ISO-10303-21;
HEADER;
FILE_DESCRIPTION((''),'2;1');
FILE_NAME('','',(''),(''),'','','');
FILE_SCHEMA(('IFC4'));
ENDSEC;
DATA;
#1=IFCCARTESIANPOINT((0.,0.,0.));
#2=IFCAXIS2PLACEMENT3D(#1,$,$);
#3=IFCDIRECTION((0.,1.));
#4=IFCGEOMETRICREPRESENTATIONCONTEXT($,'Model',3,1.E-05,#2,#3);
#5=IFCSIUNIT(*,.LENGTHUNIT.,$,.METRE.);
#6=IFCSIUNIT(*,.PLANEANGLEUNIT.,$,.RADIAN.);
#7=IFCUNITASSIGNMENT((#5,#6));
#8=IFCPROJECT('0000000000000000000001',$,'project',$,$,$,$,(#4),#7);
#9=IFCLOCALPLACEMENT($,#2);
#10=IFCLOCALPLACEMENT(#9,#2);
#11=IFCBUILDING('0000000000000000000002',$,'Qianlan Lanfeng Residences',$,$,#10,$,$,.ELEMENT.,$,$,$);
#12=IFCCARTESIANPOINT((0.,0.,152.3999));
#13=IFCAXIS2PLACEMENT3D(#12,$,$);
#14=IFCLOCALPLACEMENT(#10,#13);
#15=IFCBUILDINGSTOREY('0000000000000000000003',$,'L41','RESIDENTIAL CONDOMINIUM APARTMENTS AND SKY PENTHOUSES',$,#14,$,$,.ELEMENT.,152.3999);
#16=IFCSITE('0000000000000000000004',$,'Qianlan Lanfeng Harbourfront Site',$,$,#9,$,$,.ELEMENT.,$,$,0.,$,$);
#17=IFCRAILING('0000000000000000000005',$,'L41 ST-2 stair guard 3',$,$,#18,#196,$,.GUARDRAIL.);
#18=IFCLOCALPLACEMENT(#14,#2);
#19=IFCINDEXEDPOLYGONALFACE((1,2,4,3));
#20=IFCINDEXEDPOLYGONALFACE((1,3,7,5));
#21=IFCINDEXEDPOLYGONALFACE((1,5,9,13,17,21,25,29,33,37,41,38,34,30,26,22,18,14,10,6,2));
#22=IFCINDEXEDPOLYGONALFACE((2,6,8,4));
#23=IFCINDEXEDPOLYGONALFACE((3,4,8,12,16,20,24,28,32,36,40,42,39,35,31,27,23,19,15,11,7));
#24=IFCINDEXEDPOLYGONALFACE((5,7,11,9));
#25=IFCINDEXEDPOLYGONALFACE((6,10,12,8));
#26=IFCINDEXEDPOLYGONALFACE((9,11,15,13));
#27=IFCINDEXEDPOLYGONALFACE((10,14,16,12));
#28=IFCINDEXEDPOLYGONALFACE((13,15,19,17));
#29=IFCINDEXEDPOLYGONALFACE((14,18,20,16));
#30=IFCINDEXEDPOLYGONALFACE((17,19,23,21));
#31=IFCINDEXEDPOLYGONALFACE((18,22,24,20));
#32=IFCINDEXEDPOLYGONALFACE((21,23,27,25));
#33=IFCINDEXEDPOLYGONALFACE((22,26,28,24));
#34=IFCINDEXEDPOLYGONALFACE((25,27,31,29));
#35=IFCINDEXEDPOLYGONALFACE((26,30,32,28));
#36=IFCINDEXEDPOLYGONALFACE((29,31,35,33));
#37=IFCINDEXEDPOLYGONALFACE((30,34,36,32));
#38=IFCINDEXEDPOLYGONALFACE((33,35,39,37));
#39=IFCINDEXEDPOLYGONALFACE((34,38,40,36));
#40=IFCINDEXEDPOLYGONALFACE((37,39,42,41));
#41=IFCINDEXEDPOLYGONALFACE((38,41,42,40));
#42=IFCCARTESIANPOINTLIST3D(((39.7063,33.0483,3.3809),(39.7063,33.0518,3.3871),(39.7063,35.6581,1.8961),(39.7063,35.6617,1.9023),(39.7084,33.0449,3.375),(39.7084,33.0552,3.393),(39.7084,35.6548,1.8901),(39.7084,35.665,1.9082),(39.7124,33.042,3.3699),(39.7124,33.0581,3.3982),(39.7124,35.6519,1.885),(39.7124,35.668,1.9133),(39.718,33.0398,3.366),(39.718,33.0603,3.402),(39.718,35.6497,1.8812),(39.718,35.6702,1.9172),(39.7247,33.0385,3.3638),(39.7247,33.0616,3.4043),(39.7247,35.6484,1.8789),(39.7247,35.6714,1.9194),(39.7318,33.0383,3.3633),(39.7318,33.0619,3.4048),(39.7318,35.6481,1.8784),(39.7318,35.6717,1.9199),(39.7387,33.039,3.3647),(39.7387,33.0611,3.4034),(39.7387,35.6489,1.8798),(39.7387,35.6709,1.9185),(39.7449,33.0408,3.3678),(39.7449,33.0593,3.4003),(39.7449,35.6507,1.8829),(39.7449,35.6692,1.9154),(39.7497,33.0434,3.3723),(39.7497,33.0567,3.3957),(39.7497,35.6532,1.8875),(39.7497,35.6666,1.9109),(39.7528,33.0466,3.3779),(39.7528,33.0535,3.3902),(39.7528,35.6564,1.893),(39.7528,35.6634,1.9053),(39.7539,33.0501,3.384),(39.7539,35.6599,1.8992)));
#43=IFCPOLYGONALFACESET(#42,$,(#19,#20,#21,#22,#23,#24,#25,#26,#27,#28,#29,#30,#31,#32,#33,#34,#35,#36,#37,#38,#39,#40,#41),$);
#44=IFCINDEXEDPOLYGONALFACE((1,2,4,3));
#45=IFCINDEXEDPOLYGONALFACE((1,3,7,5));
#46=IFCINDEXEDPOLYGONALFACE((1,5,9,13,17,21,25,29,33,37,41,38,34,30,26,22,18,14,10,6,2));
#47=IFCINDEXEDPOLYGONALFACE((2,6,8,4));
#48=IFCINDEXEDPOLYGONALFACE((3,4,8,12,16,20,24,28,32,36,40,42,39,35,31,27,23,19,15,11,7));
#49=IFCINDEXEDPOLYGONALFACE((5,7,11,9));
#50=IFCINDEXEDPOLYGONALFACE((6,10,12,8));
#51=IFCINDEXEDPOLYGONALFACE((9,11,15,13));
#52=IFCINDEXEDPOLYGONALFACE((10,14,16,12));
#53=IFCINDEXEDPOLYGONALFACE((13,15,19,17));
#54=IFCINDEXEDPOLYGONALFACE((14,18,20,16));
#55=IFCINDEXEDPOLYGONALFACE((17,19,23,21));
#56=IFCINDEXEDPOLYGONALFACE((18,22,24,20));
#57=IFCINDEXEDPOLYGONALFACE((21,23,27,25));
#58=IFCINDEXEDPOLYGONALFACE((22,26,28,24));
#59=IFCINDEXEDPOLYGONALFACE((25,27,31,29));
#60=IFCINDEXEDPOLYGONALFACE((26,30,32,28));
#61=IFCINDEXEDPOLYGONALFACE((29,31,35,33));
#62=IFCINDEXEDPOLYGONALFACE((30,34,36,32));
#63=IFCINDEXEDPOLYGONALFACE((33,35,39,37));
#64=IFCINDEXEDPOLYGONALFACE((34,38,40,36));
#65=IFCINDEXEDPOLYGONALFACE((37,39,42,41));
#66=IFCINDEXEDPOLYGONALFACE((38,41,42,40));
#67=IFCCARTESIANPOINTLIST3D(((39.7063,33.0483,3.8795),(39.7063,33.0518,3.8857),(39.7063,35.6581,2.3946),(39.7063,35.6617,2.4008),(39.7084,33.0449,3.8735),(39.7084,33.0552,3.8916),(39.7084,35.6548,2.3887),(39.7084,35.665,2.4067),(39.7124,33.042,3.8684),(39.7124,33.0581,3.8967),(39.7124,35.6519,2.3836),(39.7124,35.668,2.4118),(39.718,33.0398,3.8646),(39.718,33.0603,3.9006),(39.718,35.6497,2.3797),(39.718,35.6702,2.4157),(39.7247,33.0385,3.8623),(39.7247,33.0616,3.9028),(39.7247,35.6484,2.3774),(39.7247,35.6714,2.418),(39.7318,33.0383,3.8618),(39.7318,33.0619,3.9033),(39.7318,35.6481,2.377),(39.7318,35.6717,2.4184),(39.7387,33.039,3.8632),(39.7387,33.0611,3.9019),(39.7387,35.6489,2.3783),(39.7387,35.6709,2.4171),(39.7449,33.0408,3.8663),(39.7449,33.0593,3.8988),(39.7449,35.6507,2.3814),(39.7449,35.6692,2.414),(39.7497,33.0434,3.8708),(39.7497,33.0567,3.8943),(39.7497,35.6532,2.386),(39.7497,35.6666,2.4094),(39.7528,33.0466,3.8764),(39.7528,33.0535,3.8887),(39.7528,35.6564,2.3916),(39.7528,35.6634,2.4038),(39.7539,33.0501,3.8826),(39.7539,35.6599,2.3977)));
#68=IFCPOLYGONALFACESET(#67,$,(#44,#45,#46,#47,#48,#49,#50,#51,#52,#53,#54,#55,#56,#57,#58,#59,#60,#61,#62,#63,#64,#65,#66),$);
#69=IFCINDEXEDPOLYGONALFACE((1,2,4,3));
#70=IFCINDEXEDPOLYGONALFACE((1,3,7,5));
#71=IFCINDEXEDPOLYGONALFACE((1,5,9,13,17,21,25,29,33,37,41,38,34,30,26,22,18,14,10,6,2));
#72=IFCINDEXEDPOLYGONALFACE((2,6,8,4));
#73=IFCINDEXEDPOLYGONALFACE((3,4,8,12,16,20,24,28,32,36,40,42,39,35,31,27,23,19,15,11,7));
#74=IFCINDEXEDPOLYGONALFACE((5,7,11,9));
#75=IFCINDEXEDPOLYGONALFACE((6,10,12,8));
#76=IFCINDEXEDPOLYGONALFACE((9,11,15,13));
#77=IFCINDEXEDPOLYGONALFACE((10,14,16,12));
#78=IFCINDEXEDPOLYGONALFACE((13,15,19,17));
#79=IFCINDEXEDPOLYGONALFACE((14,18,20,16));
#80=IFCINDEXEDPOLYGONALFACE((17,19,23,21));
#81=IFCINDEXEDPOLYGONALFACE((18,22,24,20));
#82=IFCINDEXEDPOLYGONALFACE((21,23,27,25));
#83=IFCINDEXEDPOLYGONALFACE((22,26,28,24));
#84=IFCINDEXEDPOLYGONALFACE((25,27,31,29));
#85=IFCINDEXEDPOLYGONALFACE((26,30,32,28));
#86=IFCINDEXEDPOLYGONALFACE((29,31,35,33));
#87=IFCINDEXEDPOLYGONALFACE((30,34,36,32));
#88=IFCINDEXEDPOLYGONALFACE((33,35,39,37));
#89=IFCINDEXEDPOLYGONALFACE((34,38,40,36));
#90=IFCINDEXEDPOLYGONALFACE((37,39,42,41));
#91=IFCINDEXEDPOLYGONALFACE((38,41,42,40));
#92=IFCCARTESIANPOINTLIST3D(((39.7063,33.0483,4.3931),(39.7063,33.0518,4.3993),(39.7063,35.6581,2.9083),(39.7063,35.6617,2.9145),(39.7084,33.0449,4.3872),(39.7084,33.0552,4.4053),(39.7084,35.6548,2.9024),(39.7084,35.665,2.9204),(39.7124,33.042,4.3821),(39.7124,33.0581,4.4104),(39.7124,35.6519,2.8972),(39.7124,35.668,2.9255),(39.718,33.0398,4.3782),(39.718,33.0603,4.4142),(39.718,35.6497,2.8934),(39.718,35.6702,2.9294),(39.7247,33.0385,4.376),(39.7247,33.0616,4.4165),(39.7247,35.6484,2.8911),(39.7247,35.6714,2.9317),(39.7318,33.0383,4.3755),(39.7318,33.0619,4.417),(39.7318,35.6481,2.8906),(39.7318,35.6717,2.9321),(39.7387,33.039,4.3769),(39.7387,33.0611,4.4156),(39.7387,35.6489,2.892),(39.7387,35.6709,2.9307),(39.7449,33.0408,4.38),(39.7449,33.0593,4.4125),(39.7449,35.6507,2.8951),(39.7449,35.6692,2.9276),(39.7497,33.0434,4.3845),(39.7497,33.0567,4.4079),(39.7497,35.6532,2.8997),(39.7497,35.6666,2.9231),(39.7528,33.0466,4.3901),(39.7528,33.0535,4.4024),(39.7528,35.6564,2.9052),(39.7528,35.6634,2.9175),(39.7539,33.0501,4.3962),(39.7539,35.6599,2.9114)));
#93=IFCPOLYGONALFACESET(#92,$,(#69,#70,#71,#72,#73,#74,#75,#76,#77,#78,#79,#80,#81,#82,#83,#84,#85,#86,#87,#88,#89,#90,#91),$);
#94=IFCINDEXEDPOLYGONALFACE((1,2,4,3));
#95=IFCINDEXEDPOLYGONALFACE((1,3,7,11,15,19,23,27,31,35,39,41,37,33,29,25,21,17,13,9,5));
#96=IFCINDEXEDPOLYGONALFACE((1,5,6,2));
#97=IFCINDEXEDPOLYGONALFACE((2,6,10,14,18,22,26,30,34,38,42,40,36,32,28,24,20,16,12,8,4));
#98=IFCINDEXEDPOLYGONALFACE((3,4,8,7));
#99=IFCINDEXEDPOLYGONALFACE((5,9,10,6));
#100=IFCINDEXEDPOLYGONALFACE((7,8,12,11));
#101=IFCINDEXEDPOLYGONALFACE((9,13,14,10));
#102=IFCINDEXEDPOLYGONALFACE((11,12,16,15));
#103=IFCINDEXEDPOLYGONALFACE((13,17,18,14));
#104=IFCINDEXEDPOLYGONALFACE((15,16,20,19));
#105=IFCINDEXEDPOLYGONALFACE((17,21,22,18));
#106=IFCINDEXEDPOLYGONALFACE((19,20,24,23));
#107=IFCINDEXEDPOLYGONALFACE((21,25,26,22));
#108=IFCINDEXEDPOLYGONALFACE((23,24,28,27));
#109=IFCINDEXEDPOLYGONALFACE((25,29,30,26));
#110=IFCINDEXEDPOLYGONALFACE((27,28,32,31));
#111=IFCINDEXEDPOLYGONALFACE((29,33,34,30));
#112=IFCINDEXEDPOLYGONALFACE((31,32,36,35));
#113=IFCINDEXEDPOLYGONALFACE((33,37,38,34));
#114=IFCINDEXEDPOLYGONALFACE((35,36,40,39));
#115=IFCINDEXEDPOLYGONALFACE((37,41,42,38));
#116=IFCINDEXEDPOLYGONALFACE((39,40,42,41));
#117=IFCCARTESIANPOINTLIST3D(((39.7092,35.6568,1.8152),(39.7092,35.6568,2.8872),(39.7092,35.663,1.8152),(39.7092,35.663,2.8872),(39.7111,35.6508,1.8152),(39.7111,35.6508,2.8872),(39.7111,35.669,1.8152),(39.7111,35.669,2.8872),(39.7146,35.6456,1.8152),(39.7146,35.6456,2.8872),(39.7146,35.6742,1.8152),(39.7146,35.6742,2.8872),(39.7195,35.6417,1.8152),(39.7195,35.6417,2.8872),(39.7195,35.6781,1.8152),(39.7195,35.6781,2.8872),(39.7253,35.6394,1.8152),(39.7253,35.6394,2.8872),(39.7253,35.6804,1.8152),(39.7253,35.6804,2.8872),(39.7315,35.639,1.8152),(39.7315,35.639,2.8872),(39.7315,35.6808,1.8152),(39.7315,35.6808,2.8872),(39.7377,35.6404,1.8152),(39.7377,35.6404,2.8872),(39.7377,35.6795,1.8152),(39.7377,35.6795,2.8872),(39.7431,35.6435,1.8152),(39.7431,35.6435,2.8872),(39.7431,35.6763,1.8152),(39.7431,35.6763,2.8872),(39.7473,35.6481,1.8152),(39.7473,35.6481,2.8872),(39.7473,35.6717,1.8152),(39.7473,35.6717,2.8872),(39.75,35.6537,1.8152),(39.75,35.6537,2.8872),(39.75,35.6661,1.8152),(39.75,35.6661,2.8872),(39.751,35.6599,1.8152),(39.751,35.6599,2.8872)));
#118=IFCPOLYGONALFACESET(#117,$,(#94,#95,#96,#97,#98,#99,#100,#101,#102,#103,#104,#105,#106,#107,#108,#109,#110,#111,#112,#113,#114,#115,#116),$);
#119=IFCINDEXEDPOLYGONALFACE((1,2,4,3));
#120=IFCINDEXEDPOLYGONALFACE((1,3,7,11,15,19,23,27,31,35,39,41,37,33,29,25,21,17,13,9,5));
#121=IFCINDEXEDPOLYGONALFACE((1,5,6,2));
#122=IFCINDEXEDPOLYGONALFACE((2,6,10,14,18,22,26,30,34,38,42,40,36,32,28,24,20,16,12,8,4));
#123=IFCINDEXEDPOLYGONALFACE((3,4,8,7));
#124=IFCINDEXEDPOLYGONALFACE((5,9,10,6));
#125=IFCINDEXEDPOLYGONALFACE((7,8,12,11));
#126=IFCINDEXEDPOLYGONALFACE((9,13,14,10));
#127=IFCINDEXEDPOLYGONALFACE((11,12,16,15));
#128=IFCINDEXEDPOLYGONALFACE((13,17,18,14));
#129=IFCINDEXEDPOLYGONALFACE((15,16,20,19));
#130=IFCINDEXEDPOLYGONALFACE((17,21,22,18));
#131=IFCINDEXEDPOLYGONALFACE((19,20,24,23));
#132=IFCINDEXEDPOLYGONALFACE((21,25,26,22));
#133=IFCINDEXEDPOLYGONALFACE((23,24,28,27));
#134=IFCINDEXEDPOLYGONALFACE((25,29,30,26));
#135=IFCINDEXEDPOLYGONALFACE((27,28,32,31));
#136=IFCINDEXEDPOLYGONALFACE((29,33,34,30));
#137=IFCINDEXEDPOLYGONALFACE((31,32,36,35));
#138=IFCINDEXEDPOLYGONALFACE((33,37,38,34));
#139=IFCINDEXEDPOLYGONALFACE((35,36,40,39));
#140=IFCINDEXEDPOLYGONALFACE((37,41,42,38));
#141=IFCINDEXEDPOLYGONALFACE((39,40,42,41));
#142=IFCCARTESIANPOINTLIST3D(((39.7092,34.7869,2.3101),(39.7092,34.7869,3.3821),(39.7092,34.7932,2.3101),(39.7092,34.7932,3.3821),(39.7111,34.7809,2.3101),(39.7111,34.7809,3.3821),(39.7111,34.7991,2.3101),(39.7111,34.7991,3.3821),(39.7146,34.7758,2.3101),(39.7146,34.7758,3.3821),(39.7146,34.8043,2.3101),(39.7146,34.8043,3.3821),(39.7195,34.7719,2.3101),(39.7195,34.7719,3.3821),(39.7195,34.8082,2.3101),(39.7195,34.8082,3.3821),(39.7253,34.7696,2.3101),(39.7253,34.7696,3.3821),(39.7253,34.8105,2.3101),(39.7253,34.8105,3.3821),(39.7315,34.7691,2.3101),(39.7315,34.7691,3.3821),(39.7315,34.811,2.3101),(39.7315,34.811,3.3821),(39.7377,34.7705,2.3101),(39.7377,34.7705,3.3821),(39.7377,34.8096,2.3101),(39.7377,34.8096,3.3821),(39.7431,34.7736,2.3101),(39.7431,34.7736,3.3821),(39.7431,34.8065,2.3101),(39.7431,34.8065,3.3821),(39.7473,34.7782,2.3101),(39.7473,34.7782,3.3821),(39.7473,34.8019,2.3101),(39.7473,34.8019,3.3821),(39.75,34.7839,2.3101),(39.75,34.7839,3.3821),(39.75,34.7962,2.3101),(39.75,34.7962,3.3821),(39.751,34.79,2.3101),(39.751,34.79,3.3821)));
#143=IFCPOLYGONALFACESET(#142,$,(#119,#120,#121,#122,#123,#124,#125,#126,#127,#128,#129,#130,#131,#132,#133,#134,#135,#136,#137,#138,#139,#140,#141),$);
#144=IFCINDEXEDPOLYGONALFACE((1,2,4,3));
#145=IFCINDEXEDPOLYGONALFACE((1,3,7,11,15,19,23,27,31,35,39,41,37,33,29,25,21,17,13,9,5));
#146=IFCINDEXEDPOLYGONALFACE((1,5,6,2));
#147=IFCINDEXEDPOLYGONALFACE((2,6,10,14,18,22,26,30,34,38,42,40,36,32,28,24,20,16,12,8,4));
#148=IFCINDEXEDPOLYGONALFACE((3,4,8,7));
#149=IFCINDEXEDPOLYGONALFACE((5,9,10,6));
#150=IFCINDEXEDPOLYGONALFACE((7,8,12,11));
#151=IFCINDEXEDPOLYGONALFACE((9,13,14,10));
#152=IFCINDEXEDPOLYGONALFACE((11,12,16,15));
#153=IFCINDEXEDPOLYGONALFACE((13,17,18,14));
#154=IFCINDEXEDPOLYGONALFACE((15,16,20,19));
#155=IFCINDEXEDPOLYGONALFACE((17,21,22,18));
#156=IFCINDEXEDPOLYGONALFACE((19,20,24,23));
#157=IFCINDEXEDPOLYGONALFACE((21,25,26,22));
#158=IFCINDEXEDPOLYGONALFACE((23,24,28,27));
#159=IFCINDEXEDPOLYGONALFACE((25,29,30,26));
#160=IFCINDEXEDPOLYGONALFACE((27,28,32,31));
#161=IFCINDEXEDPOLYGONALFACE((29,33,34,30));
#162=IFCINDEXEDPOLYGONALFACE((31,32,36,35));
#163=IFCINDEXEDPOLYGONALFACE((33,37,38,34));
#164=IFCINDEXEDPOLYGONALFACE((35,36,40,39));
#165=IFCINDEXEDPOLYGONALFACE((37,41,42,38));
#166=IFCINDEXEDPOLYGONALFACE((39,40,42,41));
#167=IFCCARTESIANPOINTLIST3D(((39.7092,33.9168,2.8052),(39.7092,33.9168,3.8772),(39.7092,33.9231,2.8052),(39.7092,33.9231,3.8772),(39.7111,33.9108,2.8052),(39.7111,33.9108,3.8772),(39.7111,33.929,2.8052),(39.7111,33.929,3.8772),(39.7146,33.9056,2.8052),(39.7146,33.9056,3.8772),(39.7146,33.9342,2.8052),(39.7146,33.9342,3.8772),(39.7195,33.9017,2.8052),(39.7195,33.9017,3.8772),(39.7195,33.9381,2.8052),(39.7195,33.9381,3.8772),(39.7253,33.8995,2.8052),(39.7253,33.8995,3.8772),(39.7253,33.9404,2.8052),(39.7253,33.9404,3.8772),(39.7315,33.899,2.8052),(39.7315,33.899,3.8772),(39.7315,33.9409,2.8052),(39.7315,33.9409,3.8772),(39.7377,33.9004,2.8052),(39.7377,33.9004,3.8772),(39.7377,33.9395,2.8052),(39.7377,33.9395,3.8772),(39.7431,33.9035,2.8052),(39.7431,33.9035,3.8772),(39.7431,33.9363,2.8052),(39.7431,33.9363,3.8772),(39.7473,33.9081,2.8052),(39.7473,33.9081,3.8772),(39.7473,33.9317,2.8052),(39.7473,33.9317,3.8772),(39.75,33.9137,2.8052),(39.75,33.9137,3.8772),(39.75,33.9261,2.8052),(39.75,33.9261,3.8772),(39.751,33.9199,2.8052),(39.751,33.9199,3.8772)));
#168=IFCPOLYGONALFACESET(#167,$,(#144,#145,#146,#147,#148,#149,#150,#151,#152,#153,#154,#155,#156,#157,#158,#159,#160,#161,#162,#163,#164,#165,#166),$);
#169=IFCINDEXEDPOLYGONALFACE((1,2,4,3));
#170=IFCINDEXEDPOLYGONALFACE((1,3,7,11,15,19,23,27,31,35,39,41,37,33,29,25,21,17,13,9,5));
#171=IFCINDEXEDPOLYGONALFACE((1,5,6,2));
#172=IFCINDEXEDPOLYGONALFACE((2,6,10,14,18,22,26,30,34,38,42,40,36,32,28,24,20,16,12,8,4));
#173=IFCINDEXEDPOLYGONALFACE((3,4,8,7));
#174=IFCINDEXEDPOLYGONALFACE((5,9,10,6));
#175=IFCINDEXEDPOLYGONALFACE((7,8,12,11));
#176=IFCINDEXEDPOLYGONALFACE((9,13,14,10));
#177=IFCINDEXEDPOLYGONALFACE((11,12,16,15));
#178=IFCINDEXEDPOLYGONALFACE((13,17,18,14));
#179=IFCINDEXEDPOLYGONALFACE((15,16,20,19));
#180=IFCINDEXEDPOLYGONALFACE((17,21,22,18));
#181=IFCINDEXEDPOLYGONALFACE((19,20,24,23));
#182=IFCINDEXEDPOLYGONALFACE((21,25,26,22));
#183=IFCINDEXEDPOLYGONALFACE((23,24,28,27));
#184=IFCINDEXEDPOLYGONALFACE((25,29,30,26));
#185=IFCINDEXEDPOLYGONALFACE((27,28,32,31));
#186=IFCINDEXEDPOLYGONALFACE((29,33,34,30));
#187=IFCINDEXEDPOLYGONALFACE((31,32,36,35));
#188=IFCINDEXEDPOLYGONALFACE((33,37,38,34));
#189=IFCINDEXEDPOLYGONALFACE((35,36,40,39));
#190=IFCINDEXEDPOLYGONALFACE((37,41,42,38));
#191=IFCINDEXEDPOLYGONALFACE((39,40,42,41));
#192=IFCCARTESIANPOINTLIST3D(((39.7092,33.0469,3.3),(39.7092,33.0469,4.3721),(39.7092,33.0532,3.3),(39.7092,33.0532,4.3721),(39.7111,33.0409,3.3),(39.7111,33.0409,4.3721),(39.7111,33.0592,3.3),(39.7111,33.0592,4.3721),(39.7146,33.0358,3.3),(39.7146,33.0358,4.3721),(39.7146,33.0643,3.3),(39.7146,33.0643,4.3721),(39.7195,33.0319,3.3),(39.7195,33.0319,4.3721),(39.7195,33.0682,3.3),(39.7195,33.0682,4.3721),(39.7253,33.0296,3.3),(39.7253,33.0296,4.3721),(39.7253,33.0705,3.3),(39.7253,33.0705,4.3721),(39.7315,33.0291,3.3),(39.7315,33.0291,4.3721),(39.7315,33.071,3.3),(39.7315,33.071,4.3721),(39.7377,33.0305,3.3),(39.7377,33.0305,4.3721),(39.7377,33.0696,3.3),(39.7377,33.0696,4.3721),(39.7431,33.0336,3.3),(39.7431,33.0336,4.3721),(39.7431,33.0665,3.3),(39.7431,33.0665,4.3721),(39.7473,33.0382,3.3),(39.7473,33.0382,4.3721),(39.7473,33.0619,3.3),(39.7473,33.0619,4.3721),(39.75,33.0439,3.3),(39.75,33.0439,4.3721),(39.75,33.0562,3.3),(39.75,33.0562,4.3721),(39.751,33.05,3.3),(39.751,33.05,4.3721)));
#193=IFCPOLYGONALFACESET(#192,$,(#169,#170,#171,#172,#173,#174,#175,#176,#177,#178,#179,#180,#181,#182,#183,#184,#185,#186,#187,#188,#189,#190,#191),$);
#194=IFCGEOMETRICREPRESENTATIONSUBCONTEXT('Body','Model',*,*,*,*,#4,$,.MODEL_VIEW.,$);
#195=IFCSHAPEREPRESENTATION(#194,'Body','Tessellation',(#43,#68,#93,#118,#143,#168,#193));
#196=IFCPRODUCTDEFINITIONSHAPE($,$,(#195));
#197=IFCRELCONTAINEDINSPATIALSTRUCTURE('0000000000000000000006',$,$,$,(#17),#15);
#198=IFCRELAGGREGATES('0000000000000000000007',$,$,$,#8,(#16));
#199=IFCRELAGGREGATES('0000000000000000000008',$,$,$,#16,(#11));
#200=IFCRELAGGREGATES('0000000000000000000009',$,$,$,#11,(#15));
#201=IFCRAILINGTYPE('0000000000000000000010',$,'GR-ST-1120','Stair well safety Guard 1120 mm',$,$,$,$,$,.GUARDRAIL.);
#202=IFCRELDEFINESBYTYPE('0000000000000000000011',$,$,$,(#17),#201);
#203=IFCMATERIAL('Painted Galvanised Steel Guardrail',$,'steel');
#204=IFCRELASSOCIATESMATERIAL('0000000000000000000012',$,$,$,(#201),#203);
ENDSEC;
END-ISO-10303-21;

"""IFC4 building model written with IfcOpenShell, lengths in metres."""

from ifc_helpers import new_model, si_unit, direction, frame, origin, origin_2d, place, context, subcontext, project, spatial, circle, extrude, material, type_object, element, save


model = new_model("IFC4")

# Units and contexts
model_context = context("Model", 3, precision=1e-05, world=origin(), true_north=direction((0.0, 1.0)))
body_context = subcontext(model_context, "Body", "Model", "MODEL_VIEW")
ifc_project = project(units=[si_unit("LENGTHUNIT", "METRE"), si_unit("PLANEANGLEUNIT", "RADIAN")], contexts=[model_context])

# Site, building, storey
site_placement = place(None, origin())
site = spatial("IfcSite", under=ifc_project, at=site_placement, Name="Qianlan Lanfeng Harbourfront Site", CompositionType="ELEMENT", RefElevation=0.0)
building_placement = place(site_placement, origin())
building = spatial("IfcBuilding", under=site, at=building_placement, Name="Qianlan Lanfeng Residences", CompositionType="ELEMENT")
storey_placement = place(building_placement, frame((0.0, 0.0, 152.3999)))
storey = spatial("IfcBuildingStorey", under=building, at=storey_placement, Name="L41", Description="RESIDENTIAL CONDOMINIUM APARTMENTS AND SKY PENTHOUSES", CompositionType="ELEMENT", Elevation=152.3999)

# Railing
ifc_material_1 = material(Name="Painted Galvanised Steel Guardrail", Category="steel")
railing_type_1 = type_object("IfcRailingType", Name="GR-ST-1120", Description="Stair well safety Guard 1120 mm", PredefinedType="GUARDRAIL", material=ifc_material_1)
railing_1_placement = place(storey_placement, frame((39.73, 35.6599, 1.8152)))
element("IfcRailing", 1, at=railing_1_placement, inside=storey, type_object=railing_type_1, Name="L41 ST-2 stair guard 3", PredefinedType="GUARDRAIL", context=body_context, shape_type="SweptSolid", body=[
    extrude(circle(Radius=0.0239, at=origin_2d()), frame((0.0, 0.0, 0.084), z_axis=(0.0, -0.869172, 0.494509), x_axis=(1.0, 0.0, 0.0)), (0.0, 0.0, 1.0), 3.0027),
    extrude(circle(Radius=0.0239, at=origin_2d()), frame((0.0, 0.0, 0.5825), z_axis=(0.0, -0.869172, 0.494509), x_axis=(1.0, 0.0, 0.0)), (0.0, 0.0, 1.0), 3.0027),
    extrude(circle(Radius=0.0239, at=origin_2d()), frame((0.0, 0.0, 1.0962), z_axis=(0.0, -0.869172, 0.494509), x_axis=(1.0, 0.0, 0.0)), (0.0, 0.0, 1.0), 3.0027),
    extrude(circle(Radius=0.021, at=origin_2d()), origin(), (0.0, 0.0, 1.0), 1.072),
    extrude(circle(Radius=0.021, at=origin_2d()), frame((0.0, -0.8699, 0.4949)), (0.0, 0.0, 1.0), 1.072),
    extrude(circle(Radius=0.021, at=origin_2d()), frame((0.0, -1.74, 0.99)), (0.0, 0.0, 1.0), 1.072),
    extrude(circle(Radius=0.021, at=origin_2d()), frame((0.0, -2.6099, 1.4849)), (0.0, 0.0, 1.0), 1.072),
])

save(model, "model.ifc")
